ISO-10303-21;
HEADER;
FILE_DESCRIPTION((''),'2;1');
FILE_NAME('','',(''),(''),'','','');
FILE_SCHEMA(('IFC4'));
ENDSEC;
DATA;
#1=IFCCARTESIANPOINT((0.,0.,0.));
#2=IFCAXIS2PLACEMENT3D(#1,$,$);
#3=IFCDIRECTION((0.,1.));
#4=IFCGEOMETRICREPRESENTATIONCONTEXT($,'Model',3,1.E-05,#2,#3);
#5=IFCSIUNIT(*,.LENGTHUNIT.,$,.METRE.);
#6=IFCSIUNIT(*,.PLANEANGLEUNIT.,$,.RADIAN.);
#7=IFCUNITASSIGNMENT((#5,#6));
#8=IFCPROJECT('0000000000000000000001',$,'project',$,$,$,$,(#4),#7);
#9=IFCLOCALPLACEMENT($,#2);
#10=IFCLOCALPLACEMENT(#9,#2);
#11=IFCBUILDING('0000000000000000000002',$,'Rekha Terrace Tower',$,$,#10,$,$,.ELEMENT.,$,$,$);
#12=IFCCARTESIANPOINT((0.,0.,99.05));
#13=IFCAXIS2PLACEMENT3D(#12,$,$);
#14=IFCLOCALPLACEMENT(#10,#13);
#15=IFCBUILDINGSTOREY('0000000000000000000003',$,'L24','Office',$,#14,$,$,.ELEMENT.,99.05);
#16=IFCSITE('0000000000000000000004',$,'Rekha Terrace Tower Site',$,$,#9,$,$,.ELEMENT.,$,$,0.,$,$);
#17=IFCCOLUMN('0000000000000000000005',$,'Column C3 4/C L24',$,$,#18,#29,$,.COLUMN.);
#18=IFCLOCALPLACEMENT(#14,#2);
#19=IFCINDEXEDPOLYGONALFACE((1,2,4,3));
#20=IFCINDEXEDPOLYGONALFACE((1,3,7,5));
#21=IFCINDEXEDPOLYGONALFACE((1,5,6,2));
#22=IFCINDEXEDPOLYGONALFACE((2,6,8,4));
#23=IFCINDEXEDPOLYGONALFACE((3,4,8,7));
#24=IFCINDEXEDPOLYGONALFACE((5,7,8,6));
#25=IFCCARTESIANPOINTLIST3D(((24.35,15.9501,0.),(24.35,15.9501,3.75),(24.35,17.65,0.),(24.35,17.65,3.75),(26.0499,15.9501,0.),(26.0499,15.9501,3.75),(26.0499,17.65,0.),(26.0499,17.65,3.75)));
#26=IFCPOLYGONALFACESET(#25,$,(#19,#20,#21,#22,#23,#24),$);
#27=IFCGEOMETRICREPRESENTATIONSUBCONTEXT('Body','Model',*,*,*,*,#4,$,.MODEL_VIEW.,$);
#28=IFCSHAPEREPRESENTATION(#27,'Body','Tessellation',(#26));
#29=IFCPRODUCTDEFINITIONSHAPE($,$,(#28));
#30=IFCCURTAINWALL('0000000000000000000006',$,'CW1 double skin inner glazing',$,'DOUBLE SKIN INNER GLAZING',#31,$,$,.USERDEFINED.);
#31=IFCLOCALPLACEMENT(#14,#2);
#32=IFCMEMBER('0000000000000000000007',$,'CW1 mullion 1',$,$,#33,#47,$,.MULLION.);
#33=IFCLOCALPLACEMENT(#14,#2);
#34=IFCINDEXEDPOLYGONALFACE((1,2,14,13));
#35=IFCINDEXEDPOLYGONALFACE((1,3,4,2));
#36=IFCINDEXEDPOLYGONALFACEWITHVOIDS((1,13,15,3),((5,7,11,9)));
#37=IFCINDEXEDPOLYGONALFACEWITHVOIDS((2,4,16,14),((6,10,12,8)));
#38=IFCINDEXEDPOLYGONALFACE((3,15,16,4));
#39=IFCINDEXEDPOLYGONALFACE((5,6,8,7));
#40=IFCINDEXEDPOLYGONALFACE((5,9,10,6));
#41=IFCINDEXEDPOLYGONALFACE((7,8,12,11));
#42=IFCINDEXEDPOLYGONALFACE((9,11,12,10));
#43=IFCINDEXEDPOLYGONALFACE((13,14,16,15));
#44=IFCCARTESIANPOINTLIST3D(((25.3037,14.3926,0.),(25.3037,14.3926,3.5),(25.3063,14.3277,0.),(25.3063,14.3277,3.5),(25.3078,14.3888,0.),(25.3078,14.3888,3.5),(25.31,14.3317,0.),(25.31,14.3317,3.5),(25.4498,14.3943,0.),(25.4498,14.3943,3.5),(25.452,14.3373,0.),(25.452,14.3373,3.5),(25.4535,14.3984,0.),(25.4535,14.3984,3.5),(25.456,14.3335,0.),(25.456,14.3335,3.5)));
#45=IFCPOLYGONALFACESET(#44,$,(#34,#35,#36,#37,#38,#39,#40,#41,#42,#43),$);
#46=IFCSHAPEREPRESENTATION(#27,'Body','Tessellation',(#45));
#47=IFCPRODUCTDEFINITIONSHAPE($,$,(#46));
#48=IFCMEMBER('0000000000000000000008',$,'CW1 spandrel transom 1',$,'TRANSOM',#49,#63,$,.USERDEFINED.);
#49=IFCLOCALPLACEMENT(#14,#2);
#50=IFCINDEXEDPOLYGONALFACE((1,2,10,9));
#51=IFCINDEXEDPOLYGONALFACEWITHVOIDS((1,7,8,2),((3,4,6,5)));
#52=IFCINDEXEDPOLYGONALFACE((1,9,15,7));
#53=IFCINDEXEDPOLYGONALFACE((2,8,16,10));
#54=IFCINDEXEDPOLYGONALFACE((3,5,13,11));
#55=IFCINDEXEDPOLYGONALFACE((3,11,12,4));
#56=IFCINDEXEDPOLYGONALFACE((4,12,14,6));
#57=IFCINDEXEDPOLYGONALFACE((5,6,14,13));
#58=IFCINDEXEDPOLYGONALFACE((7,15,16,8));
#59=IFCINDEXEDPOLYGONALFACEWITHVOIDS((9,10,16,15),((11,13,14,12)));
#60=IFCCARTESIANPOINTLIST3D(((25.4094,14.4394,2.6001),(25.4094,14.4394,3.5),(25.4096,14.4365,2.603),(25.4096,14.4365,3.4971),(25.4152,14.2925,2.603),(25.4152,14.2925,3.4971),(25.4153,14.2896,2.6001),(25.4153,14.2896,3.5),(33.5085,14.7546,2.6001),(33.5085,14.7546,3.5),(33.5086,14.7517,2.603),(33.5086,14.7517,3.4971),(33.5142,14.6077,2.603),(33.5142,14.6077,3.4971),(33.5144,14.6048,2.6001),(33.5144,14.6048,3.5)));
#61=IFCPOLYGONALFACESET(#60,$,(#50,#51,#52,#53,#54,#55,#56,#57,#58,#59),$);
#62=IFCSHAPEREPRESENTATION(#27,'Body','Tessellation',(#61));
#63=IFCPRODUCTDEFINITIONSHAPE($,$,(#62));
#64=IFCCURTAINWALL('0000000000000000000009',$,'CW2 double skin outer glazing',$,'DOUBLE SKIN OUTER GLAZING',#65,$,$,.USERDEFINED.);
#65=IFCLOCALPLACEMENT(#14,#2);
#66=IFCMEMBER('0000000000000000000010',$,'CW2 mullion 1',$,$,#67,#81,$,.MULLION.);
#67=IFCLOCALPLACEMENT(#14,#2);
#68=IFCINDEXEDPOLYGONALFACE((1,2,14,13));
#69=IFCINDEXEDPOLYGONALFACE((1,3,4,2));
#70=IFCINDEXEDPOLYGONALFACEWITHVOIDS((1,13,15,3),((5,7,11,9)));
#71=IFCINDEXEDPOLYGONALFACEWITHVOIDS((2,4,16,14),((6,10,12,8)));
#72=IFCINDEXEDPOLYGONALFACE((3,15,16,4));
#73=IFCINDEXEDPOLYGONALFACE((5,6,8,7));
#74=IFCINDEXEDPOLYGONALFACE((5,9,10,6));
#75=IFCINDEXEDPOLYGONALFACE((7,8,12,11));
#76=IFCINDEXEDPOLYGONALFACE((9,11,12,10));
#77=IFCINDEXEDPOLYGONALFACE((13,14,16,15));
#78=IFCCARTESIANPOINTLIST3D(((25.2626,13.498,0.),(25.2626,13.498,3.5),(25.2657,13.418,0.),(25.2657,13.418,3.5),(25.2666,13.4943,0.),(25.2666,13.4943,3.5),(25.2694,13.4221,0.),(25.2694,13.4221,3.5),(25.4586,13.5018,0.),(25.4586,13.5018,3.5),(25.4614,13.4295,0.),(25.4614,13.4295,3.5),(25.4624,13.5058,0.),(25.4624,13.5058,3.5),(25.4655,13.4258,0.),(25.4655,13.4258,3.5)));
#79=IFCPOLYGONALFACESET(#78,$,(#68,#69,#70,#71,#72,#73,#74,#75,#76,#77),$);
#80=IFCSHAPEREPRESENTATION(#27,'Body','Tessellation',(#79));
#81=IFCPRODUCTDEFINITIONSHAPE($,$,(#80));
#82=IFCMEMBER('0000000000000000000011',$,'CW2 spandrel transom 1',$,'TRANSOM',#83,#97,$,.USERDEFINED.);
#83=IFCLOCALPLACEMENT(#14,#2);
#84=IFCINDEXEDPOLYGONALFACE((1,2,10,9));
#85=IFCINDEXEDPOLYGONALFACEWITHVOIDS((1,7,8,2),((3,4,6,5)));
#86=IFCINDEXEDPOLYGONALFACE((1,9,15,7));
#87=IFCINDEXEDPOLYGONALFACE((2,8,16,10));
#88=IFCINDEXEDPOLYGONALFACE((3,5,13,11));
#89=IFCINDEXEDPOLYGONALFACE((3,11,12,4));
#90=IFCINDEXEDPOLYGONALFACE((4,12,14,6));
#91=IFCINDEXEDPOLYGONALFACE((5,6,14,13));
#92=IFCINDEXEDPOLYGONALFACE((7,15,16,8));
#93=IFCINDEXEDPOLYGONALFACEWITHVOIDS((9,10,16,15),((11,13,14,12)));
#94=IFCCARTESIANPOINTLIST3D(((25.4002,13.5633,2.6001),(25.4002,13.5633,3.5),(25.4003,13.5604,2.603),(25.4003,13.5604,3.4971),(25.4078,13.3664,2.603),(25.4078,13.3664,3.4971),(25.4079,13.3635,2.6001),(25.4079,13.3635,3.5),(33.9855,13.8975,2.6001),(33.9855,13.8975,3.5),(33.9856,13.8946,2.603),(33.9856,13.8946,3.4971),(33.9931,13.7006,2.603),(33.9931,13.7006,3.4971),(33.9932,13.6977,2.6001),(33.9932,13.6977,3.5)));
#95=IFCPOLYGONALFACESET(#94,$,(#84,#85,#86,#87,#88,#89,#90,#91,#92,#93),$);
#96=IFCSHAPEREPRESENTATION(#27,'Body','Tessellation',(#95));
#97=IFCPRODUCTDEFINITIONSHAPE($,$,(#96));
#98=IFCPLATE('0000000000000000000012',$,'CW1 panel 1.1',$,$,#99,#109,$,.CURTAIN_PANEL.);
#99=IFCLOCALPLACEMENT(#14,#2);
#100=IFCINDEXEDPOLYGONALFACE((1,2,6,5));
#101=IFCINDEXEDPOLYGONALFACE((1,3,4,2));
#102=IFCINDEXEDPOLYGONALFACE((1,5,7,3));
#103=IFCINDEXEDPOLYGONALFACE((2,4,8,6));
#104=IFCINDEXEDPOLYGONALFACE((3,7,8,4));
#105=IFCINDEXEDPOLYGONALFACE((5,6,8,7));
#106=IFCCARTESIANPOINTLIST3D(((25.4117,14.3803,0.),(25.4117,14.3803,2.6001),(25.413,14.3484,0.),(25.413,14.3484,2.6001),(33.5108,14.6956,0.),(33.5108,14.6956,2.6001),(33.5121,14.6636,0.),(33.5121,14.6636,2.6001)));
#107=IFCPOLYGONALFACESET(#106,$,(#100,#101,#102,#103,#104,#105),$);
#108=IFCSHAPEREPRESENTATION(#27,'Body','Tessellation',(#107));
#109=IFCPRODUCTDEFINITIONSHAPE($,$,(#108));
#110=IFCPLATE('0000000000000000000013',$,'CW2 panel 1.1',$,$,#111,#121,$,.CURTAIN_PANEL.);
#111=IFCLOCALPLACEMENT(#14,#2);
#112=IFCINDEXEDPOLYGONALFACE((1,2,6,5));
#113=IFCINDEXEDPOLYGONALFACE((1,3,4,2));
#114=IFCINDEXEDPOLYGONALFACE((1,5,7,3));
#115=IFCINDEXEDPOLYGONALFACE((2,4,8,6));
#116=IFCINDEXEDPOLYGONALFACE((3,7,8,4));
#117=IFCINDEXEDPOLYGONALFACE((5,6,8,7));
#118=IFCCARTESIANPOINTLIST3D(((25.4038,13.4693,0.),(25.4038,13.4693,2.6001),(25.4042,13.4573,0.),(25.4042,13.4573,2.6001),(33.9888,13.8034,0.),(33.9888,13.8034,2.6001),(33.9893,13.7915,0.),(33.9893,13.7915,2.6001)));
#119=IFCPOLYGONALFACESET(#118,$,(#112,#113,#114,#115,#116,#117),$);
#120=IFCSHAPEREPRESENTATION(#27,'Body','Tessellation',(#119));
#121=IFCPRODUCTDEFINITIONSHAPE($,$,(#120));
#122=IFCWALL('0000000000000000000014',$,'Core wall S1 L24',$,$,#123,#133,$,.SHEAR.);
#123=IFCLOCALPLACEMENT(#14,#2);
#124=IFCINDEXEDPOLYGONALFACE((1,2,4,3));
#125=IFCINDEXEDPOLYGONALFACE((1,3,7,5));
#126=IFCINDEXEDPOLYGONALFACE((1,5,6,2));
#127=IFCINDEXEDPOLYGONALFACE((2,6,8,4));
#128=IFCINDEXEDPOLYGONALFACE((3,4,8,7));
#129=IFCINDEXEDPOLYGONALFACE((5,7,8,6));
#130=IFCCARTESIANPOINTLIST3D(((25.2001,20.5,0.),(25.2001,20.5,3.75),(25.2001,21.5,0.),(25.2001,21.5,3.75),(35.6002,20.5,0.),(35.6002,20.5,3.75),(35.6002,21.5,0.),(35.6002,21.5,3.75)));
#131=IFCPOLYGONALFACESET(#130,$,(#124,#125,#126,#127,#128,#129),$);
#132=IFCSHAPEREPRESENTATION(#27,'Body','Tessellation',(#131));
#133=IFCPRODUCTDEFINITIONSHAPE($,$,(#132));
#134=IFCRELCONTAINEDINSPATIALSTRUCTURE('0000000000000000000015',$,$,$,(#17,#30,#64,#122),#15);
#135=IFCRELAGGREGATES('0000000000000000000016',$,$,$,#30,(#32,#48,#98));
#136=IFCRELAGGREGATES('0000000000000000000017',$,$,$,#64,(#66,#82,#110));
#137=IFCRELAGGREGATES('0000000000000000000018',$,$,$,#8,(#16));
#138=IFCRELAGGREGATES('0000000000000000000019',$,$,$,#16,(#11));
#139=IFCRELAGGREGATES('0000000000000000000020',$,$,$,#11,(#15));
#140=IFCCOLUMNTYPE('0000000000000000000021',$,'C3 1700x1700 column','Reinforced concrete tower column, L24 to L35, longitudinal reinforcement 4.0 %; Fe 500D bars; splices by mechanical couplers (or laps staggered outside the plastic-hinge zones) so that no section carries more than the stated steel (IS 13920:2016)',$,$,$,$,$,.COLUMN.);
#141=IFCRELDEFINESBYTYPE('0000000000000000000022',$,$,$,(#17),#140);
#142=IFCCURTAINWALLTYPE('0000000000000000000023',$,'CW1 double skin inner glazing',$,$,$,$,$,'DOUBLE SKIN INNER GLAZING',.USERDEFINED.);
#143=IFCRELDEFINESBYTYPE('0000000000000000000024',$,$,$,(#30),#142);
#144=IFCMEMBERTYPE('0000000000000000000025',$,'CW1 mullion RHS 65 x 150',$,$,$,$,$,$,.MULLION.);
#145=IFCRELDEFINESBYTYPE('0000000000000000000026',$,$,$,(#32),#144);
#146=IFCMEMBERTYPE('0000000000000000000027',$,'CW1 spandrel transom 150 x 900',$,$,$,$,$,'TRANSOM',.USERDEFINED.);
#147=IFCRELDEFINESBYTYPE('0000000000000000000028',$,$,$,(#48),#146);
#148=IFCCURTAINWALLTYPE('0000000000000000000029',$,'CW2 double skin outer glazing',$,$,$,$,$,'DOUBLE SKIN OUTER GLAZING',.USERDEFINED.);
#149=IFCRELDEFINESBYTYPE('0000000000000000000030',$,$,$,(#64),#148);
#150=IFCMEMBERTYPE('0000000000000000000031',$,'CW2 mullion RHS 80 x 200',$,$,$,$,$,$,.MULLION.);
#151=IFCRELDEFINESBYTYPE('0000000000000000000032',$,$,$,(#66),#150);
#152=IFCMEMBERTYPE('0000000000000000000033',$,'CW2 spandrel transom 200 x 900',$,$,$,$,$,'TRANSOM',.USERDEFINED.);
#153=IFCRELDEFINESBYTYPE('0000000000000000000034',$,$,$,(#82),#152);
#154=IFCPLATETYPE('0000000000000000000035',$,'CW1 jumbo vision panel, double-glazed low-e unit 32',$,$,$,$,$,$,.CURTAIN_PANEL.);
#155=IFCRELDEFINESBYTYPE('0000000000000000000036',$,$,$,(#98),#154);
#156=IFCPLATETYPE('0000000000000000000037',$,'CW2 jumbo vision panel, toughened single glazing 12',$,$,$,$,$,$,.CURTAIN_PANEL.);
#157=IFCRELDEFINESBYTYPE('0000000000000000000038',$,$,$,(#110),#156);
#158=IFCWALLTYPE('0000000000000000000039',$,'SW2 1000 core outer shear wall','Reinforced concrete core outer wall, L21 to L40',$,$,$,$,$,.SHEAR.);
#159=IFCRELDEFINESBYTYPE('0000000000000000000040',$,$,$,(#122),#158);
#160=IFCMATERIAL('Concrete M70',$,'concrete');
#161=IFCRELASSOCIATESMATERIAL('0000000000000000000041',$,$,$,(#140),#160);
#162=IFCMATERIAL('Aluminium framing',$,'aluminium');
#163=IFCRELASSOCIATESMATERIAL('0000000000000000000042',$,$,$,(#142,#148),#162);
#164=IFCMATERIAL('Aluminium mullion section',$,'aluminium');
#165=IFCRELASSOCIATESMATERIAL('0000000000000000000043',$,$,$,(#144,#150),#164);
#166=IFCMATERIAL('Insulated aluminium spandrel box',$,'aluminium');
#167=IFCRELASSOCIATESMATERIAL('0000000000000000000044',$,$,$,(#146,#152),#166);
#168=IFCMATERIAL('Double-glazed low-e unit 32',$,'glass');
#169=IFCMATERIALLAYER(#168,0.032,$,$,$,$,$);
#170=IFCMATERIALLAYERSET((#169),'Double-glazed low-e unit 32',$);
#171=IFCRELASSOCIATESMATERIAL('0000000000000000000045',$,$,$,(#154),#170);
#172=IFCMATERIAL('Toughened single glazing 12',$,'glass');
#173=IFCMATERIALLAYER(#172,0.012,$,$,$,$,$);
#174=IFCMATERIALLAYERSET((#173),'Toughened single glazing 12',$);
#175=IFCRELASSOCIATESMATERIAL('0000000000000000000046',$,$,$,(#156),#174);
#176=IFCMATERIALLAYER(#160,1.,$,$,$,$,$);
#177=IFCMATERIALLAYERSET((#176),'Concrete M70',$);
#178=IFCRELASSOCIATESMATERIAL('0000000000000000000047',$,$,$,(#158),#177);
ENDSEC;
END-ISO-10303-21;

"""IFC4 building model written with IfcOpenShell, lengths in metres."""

from ifc_helpers import new_model, si_unit, direction, frame, frame_2d, origin, origin_2d, place, context, subcontext, project, spatial, rectangle, hollow_rectangle, extrude, material, layer, layer_set, material_profile, profile_set, type_object, element, aggregate, save


model = new_model("IFC4")

# Units and contexts
model_context = context("Model", 3, precision=1e-05, world=origin(), true_north=direction((0.0, 1.0)))
body_context = subcontext(model_context, "Body", "Model", "MODEL_VIEW")
ifc_project = project(units=[si_unit("LENGTHUNIT", "METRE"), si_unit("PLANEANGLEUNIT", "RADIAN")], contexts=[model_context])

# Site, building, storey
site_placement = place(None, origin())
site = spatial("IfcSite", under=ifc_project, at=site_placement, Name="Rekha Terrace Tower Site", CompositionType="ELEMENT", RefElevation=0.0)
building_placement = place(site_placement, origin())
building = spatial("IfcBuilding", under=site, at=building_placement, Name="Rekha Terrace Tower", CompositionType="ELEMENT")
storey_placement = place(building_placement, frame((0.0, 0.0, 99.05)))
storey = spatial("IfcBuildingStorey", under=building, at=storey_placement, Name="L24", Description="Office", CompositionType="ELEMENT", Elevation=99.05)

# Column
ifc_material_1 = material(Name="Concrete M70", Category="concrete")
ifc_material_profile_1 = material_profile(ifc_material_1, rectangle(XDim=1.7, YDim=1.7, at=origin_2d()), Name="RC 1700x1700")
ifc_profile_set_1 = profile_set([ifc_material_profile_1], Name="Concrete M70")
column_type = type_object("IfcColumnType", Name="C3 1700x1700 column", Description="Reinforced concrete tower column, L24 to L35, longitudinal reinforcement 4.0 %; Fe 500D bars; splices by mechanical couplers (or laps staggered outside the plastic-hinge zones) so that no section carries more than the stated steel (IS 13920:2016)", PredefinedType="COLUMN", material=ifc_profile_set_1)
column_placement = place(storey_placement, frame((25.2, 16.8, 0.0), z_axis=(0.0, 0.0, 1.0), x_axis=(1.0, 0.0, 0.0)))
element("IfcColumn", 1, at=column_placement, inside=storey, type_object=column_type, Name="Column C3 4/C L24", PredefinedType="COLUMN", context=body_context, shape_type="SweptSolid", body=[
    extrude(rectangle(XDim=1.7, YDim=1.7, at=origin_2d()), origin(), (0.0, 0.0, 1.0), 3.75),
])

# Curtain walls, members
ifc_material_2 = material(Name="Aluminium framing", Category="aluminium")
curtain_wall_type_1 = type_object("IfcCurtainWallType", Name="CW1 double skin inner glazing", ElementType="DOUBLE SKIN INNER GLAZING", PredefinedType="USERDEFINED", material=ifc_material_2)
curtain_wall_1_placement = place(storey_placement, origin())
curtain_wall_1 = element("IfcCurtainWall", 2, at=curtain_wall_1_placement, inside=storey, type_object=curtain_wall_type_1, Name="CW1 double skin inner glazing", ObjectType="DOUBLE SKIN INNER GLAZING", PredefinedType="USERDEFINED")
ifc_material_3 = material(Name="Aluminium mullion section", Category="aluminium")
ifc_material_profile_2 = material_profile(ifc_material_3, hollow_rectangle(XDim=0.0649, YDim=0.1499, WallThickness=0.0039, at=origin_2d()), Name="AL RHS 65x150")
ifc_profile_set_2 = profile_set([ifc_material_profile_2], Name="Aluminium mullion section")
member_type_1 = type_object("IfcMemberType", Name="CW1 mullion RHS 65 x 150", PredefinedType="MULLION", material=ifc_profile_set_2)
member_1_placement = place(storey_placement, frame((25.3799, 14.363, 0.0), z_axis=(0.0, 0.0, 1.0), x_axis=(-0.03889, 0.999243, 0.0)))
member_1 = element("IfcMember", 3, at=member_1_placement, type_object=member_type_1, Name="CW1 mullion 1", PredefinedType="MULLION", context=body_context, shape_type="SweptSolid", body=[
    extrude(hollow_rectangle(XDim=0.0649, YDim=0.1499, WallThickness=0.0039, at=origin_2d()), origin(), (0.0, 0.0, 1.0), 3.5),
])
ifc_material_4 = material(Name="Insulated aluminium spandrel box", Category="aluminium")
ifc_material_profile_3 = material_profile(ifc_material_4, hollow_rectangle(XDim=0.1499, YDim=0.8999, WallThickness=0.0029, at=origin_2d()), Name="AL SPANDREL BOX 150x900")
ifc_profile_set_3 = profile_set([ifc_material_profile_3], Name="Insulated aluminium spandrel box")
member_type_2 = type_object("IfcMemberType", Name="CW1 spandrel transom 150 x 900", ElementType="TRANSOM", PredefinedType="USERDEFINED", material=ifc_profile_set_3)
member_2_placement = place(storey_placement, frame((25.4124, 14.3645, 3.05), z_axis=(0.999244, 0.038887, 0.0), x_axis=(-0.038887, 0.999244, 0.0)))
member_2 = element("IfcMember", 4, at=member_2_placement, type_object=member_type_2, Name="CW1 spandrel transom 1", ObjectType="TRANSOM", PredefinedType="USERDEFINED", context=body_context, shape_type="SweptSolid", body=[
    extrude(hollow_rectangle(XDim=0.1499, YDim=0.8999, WallThickness=0.0029, at=origin_2d()), origin(), (0.0, 0.0, 1.0), 8.1052),
])
curtain_wall_type_2 = type_object("IfcCurtainWallType", Name="CW2 double skin outer glazing", ElementType="DOUBLE SKIN OUTER GLAZING", PredefinedType="USERDEFINED", material=ifc_material_2)
curtain_wall_2_placement = place(storey_placement, origin())
curtain_wall_2 = element("IfcCurtainWall", 5, at=curtain_wall_2_placement, inside=storey, type_object=curtain_wall_type_2, Name="CW2 double skin outer glazing", ObjectType="DOUBLE SKIN OUTER GLAZING", PredefinedType="USERDEFINED")
ifc_material_profile_4 = material_profile(ifc_material_3, hollow_rectangle(XDim=0.0801, YDim=0.2, WallThickness=0.0039, at=origin_2d()), Name="AL RHS 80x200")
ifc_profile_set_4 = profile_set([ifc_material_profile_4], Name="Aluminium mullion section")
member_type_3 = type_object("IfcMemberType", Name="CW2 mullion RHS 80 x 200", PredefinedType="MULLION", material=ifc_profile_set_4)
member_3_placement = place(storey_placement, frame((25.364, 13.4619, 0.0), z_axis=(0.0, 0.0, 1.0), x_axis=(-0.03889, 0.999243, 0.0)))
member_3 = element("IfcMember", 6, at=member_3_placement, type_object=member_type_3, Name="CW2 mullion 1", PredefinedType="MULLION", context=body_context, shape_type="SweptSolid", body=[
    extrude(hollow_rectangle(XDim=0.0801, YDim=0.2, WallThickness=0.0039, at=origin_2d()), origin(), (0.0, 0.0, 1.0), 3.5),
])
ifc_material_profile_5 = material_profile(ifc_material_4, hollow_rectangle(XDim=0.2, YDim=0.8999, WallThickness=0.0029, at=origin_2d()), Name="AL SPANDREL BOX 200x900")
ifc_profile_set_5 = profile_set([ifc_material_profile_5], Name="Insulated aluminium spandrel box")
member_type_4 = type_object("IfcMemberType", Name="CW2 spandrel transom 200 x 900", ElementType="TRANSOM", PredefinedType="USERDEFINED", material=ifc_profile_set_5)
member_4_placement = place(storey_placement, frame((25.4041, 13.4634, 3.05), z_axis=(0.999243, 0.038901, 0.0), x_axis=(-0.038901, 0.999243, 0.0)))
member_4 = element("IfcMember", 7, at=member_4_placement, type_object=member_type_4, Name="CW2 spandrel transom 1", ObjectType="TRANSOM", PredefinedType="USERDEFINED", context=body_context, shape_type="SweptSolid", body=[
    extrude(hollow_rectangle(XDim=0.2, YDim=0.8999, WallThickness=0.0029, at=origin_2d()), origin(), (0.0, 0.0, 1.0), 8.5918),
])

# Plates
ifc_material_5 = material(Name="Double-glazed low-e unit 32", Category="glass")
ifc_layer_1 = layer(ifc_material_5, 0.032)
ifc_layer_set_1 = layer_set([ifc_layer_1], Name="Double-glazed low-e unit 32")
plate_type_1 = type_object("IfcPlateType", Name="CW1 jumbo vision panel, double-glazed low-e unit 32", PredefinedType="CURTAIN_PANEL", material=ifc_layer_set_1)
plate_1_placement = place(storey_placement, frame((29.4619, 14.522, 0.0), z_axis=(0.0, 0.0, 1.0), x_axis=(0.999243, 0.03889, 0.0)))
plate_1 = element("IfcPlate", 8, at=plate_1_placement, type_object=plate_type_1, Name="CW1 panel 1.1", PredefinedType="CURTAIN_PANEL", context=body_context, shape_type="SweptSolid", body=[
    extrude(rectangle(XDim=8.1052, YDim=0.032, at=origin_2d()), origin(), (0.0, 0.0, 1.0), 2.6001),
])
aggregate(curtain_wall_1, [member_1, member_2, plate_1])
ifc_material_6 = material(Name="Toughened single glazing 12", Category="glass")
ifc_layer_2 = layer(ifc_material_6, 0.012)
ifc_layer_set_2 = layer_set([ifc_layer_2], Name="Toughened single glazing 12")
plate_type_2 = type_object("IfcPlateType", Name="CW2 jumbo vision panel, toughened single glazing 12", PredefinedType="CURTAIN_PANEL", material=ifc_layer_set_2)
plate_2_placement = place(storey_placement, frame((29.6965, 13.6304, 0.0), z_axis=(0.0, 0.0, 1.0), x_axis=(0.999243, 0.03889, 0.0)))
plate_2 = element("IfcPlate", 9, at=plate_2_placement, type_object=plate_type_2, Name="CW2 panel 1.1", PredefinedType="CURTAIN_PANEL", context=body_context, shape_type="SweptSolid", body=[
    extrude(rectangle(XDim=8.5916, YDim=0.012, at=origin_2d()), origin(), (0.0, 0.0, 1.0), 2.6001),
])
aggregate(curtain_wall_2, [member_3, member_4, plate_2])

# Wall
ifc_layer_3 = layer(ifc_material_1, 1.0)
ifc_layer_set_3 = layer_set([ifc_layer_3], Name="Concrete M70")
wall_type_1 = type_object("IfcWallType", Name="SW2 1000 core outer shear wall", Description="Reinforced concrete core outer wall, L21 to L40", PredefinedType="SHEAR", material=ifc_layer_set_3)
wall_1_placement = place(storey_placement, frame((25.2, 21.0, 0.0), z_axis=(0.0, 0.0, 1.0), x_axis=(1.0, 0.0, 0.0)))
element("IfcWall", 10, at=wall_1_placement, inside=storey, type_object=wall_type_1, Name="Core wall S1 L24", PredefinedType="SHEAR", context=body_context, shape_type="SweptSolid", body=[
    extrude(rectangle(XDim=10.4001, YDim=1.0, at=frame_2d((5.2002, 0.0))), origin(), (0.0, 0.0, 1.0), 3.75),
])

save(model, "model.ifc")
